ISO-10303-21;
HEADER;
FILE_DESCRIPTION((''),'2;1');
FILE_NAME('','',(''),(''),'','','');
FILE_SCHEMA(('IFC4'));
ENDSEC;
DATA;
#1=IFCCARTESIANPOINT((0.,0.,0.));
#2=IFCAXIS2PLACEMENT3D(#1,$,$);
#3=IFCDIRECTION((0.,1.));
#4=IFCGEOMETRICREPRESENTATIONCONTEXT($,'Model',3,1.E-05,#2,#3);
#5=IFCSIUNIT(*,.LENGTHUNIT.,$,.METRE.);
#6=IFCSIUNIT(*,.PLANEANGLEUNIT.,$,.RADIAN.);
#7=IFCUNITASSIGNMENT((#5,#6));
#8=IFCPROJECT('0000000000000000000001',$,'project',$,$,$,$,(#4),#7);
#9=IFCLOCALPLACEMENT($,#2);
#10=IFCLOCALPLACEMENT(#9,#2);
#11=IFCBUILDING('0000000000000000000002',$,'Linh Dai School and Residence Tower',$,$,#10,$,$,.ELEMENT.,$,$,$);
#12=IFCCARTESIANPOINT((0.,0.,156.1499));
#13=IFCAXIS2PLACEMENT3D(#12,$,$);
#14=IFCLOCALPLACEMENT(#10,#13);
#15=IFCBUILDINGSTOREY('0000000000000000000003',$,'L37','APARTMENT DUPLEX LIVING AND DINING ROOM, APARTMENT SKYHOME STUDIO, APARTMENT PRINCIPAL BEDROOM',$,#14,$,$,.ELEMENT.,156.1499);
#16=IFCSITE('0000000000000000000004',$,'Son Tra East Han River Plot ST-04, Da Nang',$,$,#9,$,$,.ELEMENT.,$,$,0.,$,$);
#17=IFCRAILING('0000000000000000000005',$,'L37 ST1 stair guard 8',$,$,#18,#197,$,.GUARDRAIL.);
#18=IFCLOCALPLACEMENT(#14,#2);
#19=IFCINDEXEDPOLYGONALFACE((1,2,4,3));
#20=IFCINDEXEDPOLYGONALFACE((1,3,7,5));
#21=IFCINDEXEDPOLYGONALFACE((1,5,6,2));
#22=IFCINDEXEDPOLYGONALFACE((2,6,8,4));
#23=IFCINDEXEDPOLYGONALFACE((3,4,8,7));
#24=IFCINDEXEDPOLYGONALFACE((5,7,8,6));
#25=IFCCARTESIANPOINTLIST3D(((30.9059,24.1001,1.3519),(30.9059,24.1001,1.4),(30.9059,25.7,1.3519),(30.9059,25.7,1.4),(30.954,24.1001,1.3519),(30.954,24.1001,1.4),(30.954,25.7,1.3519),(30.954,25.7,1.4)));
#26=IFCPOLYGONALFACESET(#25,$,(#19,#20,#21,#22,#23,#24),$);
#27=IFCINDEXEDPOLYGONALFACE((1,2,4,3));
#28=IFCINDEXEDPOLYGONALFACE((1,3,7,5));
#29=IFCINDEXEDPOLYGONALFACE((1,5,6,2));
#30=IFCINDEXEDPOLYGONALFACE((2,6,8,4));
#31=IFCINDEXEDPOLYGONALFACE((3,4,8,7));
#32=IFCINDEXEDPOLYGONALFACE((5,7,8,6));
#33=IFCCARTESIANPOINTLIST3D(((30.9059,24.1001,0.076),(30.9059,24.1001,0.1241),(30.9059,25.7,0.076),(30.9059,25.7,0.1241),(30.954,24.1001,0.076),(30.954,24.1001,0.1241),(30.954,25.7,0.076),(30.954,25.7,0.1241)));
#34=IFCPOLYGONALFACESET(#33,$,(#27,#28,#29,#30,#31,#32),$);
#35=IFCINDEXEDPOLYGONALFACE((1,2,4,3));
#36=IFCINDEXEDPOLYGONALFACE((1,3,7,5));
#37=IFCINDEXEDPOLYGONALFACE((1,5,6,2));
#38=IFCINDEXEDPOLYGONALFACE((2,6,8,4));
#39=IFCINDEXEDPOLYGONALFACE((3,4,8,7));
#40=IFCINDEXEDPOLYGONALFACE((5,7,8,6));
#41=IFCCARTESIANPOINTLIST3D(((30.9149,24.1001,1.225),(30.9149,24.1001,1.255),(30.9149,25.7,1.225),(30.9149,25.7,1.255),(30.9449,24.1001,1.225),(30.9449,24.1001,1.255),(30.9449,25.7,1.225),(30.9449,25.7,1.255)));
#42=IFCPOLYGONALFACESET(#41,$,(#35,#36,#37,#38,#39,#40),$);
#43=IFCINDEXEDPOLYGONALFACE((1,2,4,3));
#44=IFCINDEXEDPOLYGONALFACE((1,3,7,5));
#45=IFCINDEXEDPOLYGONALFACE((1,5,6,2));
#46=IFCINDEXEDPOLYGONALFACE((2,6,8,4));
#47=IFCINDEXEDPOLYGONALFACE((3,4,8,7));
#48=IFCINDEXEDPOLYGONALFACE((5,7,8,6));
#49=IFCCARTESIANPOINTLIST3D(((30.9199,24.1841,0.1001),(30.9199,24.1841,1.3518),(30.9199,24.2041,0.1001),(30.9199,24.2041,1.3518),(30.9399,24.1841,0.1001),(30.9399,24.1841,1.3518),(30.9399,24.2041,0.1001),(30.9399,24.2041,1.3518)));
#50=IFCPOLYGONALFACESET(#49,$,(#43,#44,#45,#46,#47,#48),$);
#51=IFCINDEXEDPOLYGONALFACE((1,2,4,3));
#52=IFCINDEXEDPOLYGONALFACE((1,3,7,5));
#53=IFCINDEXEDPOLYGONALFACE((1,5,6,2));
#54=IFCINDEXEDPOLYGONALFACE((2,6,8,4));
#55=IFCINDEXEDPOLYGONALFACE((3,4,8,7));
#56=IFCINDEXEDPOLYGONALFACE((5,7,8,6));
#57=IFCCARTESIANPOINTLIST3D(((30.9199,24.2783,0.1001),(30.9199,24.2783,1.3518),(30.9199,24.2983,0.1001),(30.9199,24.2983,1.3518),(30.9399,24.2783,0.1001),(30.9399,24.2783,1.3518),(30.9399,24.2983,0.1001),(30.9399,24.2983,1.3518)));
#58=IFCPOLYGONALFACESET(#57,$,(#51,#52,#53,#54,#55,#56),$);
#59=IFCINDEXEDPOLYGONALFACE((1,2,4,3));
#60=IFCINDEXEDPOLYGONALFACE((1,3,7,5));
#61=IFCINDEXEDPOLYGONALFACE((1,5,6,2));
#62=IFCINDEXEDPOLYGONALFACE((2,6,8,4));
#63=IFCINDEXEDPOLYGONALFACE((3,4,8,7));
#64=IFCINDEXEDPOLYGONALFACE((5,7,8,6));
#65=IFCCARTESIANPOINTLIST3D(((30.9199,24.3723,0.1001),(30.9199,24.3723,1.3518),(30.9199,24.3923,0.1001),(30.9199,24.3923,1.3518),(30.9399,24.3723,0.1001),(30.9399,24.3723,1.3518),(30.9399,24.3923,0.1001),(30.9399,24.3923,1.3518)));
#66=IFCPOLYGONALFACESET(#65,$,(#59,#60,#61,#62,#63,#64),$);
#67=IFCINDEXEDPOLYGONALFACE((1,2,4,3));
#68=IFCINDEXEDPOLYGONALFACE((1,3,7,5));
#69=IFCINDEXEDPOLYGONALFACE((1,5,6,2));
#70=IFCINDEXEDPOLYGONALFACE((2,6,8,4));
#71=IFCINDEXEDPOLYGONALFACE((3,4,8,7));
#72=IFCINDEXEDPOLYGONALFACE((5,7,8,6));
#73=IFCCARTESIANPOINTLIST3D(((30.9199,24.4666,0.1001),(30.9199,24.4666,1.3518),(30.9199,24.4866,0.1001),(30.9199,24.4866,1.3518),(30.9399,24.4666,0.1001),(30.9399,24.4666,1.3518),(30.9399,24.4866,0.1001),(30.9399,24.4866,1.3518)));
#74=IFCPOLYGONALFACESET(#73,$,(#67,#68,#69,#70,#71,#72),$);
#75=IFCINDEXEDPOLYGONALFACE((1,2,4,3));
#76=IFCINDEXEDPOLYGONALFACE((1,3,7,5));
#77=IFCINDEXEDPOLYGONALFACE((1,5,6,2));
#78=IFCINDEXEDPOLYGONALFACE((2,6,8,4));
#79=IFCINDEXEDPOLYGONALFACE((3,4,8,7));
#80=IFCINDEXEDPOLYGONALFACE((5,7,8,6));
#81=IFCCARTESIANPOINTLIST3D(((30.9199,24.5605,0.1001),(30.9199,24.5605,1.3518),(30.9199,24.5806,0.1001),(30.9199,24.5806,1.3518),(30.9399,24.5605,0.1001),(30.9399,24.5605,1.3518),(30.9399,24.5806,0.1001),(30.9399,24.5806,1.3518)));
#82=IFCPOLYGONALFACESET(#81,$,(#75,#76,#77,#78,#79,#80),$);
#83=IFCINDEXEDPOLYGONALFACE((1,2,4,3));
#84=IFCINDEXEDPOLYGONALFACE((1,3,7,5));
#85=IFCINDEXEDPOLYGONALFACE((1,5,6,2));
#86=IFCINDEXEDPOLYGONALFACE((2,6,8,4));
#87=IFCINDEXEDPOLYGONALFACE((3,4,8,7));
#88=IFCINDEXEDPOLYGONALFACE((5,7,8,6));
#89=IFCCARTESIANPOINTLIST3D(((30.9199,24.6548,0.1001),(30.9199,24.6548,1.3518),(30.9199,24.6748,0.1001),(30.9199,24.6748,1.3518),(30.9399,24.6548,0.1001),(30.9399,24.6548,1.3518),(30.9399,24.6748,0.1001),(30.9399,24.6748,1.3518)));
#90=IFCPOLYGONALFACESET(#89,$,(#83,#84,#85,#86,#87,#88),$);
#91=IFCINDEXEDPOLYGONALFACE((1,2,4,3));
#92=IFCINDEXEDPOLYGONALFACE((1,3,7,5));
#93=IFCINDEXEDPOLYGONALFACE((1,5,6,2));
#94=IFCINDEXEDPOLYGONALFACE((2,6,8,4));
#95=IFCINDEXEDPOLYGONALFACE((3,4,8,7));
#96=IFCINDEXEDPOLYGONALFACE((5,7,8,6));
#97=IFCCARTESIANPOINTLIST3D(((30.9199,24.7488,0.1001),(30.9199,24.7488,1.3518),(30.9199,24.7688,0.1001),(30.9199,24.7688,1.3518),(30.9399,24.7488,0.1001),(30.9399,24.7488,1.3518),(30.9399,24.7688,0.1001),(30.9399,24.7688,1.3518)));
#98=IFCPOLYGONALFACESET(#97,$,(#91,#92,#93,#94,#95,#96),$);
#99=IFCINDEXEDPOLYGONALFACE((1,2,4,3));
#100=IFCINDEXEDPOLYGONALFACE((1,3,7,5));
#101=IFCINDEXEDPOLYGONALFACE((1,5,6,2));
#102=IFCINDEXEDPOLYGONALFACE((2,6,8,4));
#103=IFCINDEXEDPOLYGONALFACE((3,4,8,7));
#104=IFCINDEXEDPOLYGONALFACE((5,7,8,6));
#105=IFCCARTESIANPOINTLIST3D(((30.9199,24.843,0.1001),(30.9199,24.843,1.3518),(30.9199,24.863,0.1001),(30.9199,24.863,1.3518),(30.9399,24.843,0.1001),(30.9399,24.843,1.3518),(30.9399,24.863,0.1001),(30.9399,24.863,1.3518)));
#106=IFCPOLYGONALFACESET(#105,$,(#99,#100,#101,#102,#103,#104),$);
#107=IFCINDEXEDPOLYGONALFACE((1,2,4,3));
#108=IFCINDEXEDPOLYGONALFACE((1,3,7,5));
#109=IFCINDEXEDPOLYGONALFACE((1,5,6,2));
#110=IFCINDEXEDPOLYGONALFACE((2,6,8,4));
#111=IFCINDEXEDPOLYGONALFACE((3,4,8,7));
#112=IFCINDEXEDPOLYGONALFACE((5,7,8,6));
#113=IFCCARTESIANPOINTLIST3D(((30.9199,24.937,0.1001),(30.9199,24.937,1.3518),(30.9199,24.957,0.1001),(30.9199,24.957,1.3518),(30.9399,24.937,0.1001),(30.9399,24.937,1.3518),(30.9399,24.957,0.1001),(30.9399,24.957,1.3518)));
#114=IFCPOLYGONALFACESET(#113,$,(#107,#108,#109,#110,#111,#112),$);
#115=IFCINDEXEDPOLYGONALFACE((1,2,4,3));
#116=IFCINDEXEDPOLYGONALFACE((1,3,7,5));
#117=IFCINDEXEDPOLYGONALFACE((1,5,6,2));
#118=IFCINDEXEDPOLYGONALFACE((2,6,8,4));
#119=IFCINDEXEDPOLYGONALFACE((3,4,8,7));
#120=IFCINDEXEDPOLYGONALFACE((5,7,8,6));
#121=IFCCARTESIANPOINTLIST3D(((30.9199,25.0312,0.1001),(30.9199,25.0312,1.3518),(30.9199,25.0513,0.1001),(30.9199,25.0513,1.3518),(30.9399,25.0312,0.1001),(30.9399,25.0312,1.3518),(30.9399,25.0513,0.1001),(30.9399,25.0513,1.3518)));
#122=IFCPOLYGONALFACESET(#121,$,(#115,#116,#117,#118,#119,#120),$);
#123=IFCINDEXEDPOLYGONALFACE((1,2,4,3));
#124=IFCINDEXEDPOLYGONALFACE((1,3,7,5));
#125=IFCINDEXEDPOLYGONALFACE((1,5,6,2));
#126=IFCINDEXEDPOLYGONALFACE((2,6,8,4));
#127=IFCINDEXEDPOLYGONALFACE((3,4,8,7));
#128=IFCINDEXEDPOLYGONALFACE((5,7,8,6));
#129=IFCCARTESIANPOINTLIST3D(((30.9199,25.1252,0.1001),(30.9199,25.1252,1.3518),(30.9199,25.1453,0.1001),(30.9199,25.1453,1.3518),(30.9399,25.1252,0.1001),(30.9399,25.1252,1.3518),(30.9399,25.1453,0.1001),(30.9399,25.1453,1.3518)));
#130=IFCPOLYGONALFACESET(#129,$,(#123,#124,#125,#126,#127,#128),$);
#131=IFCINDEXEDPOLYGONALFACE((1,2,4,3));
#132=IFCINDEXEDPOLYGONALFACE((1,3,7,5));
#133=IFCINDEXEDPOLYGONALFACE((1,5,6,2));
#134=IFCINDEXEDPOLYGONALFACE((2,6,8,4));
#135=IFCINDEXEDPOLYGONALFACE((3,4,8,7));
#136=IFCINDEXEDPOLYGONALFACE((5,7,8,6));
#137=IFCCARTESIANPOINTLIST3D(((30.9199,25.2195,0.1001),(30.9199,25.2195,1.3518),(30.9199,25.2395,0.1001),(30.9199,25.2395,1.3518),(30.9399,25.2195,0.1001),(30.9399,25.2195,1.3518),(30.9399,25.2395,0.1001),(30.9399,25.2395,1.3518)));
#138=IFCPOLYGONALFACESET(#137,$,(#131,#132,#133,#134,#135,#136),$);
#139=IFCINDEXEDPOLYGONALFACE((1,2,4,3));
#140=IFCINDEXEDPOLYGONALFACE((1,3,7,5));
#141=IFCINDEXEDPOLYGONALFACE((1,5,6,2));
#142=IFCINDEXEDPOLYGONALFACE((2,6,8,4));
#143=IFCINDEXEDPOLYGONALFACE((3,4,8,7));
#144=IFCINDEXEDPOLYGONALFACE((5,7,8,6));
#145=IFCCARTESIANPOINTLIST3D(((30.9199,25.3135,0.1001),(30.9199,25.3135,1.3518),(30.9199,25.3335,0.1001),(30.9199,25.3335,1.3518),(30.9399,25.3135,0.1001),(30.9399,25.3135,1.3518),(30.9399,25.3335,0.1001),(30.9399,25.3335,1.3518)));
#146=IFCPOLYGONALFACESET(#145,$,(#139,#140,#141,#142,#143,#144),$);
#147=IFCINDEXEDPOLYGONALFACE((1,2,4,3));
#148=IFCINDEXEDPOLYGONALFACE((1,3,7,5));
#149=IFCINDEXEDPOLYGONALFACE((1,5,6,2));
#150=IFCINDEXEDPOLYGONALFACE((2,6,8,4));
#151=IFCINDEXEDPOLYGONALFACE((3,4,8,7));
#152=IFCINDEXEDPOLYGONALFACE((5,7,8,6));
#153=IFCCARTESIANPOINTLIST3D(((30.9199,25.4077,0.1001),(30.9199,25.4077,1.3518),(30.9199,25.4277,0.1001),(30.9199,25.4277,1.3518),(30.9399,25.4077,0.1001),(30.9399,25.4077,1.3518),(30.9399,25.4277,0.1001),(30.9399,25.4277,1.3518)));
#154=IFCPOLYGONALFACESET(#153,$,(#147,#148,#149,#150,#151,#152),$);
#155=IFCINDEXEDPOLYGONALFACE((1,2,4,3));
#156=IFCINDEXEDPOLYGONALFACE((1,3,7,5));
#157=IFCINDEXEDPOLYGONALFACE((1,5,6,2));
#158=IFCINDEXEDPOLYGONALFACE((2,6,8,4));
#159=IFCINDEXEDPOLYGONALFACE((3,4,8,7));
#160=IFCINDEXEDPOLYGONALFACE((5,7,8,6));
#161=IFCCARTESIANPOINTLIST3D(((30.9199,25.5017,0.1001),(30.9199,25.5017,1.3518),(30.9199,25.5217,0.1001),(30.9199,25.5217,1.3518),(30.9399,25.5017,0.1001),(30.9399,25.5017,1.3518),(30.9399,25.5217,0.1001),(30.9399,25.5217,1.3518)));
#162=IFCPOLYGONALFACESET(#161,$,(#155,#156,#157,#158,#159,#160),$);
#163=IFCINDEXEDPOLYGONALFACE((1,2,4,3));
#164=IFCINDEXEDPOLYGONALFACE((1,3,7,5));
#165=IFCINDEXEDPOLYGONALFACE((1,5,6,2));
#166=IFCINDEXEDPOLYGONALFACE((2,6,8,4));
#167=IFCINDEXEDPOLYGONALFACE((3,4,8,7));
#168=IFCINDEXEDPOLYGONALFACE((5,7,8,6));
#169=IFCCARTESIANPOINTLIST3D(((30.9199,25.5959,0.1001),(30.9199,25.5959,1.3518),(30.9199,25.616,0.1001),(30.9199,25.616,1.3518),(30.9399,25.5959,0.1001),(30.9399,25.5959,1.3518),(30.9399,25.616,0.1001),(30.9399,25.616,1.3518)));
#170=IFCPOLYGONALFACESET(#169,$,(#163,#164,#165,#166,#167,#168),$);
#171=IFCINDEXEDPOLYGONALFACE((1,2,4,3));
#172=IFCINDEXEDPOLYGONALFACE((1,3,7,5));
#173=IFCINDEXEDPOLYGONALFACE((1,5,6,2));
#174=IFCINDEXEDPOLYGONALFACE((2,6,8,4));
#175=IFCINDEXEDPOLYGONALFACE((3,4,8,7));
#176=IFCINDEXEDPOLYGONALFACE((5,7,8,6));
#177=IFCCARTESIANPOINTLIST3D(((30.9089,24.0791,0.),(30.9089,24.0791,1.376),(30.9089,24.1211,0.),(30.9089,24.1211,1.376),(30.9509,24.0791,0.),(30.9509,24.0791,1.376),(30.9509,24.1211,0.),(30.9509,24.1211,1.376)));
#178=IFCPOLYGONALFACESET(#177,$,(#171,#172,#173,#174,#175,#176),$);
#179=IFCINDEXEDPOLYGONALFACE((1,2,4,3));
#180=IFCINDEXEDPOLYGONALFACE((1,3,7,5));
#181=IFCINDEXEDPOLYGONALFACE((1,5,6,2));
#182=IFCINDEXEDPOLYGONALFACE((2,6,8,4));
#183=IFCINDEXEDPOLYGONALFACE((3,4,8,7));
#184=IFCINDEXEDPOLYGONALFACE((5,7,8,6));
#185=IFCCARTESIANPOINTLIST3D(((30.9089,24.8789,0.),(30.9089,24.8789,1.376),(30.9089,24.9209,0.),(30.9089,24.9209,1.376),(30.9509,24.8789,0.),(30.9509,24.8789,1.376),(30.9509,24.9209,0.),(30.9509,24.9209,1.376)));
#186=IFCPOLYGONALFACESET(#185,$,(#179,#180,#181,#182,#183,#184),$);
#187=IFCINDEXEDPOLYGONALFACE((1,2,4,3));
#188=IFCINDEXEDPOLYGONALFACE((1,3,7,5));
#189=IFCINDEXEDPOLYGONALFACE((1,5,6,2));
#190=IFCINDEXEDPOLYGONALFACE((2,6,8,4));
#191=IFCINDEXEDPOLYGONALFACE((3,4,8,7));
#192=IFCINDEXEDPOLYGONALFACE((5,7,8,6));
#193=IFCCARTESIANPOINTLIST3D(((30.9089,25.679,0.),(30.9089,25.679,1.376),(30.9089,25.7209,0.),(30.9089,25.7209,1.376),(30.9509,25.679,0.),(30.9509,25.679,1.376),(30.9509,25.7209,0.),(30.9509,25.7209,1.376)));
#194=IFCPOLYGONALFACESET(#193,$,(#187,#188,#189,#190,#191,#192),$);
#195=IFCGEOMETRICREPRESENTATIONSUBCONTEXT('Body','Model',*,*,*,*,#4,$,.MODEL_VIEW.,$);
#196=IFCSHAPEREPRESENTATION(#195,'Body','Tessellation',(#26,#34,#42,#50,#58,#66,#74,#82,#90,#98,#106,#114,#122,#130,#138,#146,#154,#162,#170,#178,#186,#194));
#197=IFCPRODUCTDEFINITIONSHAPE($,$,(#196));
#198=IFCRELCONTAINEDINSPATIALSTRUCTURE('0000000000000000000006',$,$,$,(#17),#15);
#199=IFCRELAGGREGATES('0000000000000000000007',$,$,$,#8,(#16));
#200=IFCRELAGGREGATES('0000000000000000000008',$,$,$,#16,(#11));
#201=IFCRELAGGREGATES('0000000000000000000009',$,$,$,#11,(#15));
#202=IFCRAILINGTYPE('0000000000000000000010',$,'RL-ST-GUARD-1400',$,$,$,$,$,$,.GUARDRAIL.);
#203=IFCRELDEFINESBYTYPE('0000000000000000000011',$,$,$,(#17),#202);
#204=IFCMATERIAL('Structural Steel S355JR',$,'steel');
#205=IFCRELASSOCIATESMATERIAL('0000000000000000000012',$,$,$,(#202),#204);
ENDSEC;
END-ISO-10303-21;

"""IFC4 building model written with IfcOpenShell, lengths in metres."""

from ifc_helpers import new_model, si_unit, direction, frame, origin, origin_2d, place, context, subcontext, project, spatial, rectangle, extrude, source, transform, mapped, material, type_object, element, save


model = new_model("IFC4")

# Units and contexts
model_context = context("Model", 3, precision=1e-05, world=origin(), true_north=direction((0.0, 1.0)))
body_context = subcontext(model_context, "Body", "Model", "MODEL_VIEW")
ifc_project = project(units=[si_unit("LENGTHUNIT", "METRE"), si_unit("PLANEANGLEUNIT", "RADIAN")], contexts=[model_context])

# Site, building, storey
site_placement = place(None, origin())
site = spatial("IfcSite", under=ifc_project, at=site_placement, Name="Son Tra East Han River Plot ST-04, Da Nang", CompositionType="ELEMENT", RefElevation=0.0)
building_placement = place(site_placement, origin())
building = spatial("IfcBuilding", under=site, at=building_placement, Name="Linh Dai School and Residence Tower", CompositionType="ELEMENT")
storey_placement = place(building_placement, frame((0.0, 0.0, 156.1499)))
storey = spatial("IfcBuildingStorey", under=building, at=storey_placement, Name="L37", Description="APARTMENT DUPLEX LIVING AND DINING ROOM, APARTMENT SKYHOME STUDIO, APARTMENT PRINCIPAL BEDROOM", CompositionType="ELEMENT", Elevation=156.1499)

# Shared definitions
ifc_material_1 = material(Name="Structural Steel S355JR", Category="steel")

# Railing
railing_type = type_object("IfcRailingType", Name="RL-ST-GUARD-1400", PredefinedType="GUARDRAIL", material=ifc_material_1)
shared_shape_1 = source(origin(), body_context, "Body", "SweptSolid", [
    extrude(rectangle(XDim=0.0481, YDim=0.0481, at=origin_2d()), frame((0.0, 0.0, 1.376), z_axis=(0.0, 1.0, 0.0), x_axis=(-1.0, 0.0, 0.0)), (0.0, 0.0, 1.0), 1.5999),
    extrude(rectangle(XDim=0.0481, YDim=0.0481, at=origin_2d()), frame((0.0, 0.0, 0.1001), z_axis=(0.0, 1.0, 0.0), x_axis=(-1.0, 0.0, 0.0)), (0.0, 0.0, 1.0), 1.5999),
    extrude(rectangle(XDim=0.03, YDim=0.03, at=origin_2d()), frame((0.0, 0.0, 1.24), z_axis=(0.0, 1.0, 0.0), x_axis=(-1.0, 0.0, 0.0)), (0.0, 0.0, 1.0), 1.5999),
    extrude(rectangle(XDim=0.02, YDim=0.02, at=origin_2d()), frame((0.0, 0.094, 0.1001)), (0.0, 0.0, 1.0), 1.2517),
    extrude(rectangle(XDim=0.02, YDim=0.02, at=origin_2d()), frame((0.0, 0.1882, 0.1001)), (0.0, 0.0, 1.0), 1.2517),
    extrude(rectangle(XDim=0.02, YDim=0.02, at=origin_2d()), frame((0.0, 0.2822, 0.1001)), (0.0, 0.0, 1.0), 1.2517),
    extrude(rectangle(XDim=0.02, YDim=0.02, at=origin_2d()), frame((0.0, 0.3765, 0.1001)), (0.0, 0.0, 1.0), 1.2517),
    extrude(rectangle(XDim=0.02, YDim=0.02, at=origin_2d()), frame((0.0, 0.4705, 0.1001)), (0.0, 0.0, 1.0), 1.2517),
    extrude(rectangle(XDim=0.02, YDim=0.02, at=origin_2d()), frame((0.0, 0.5647, 0.1001)), (0.0, 0.0, 1.0), 1.2517),
    extrude(rectangle(XDim=0.02, YDim=0.02, at=origin_2d()), frame((0.0, 0.6587, 0.1001)), (0.0, 0.0, 1.0), 1.2517),
    extrude(rectangle(XDim=0.02, YDim=0.02, at=origin_2d()), frame((0.0, 0.7529, 0.1001)), (0.0, 0.0, 1.0), 1.2517),
    extrude(rectangle(XDim=0.02, YDim=0.02, at=origin_2d()), frame((0.0, 0.8469, 0.1001)), (0.0, 0.0, 1.0), 1.2517),
    extrude(rectangle(XDim=0.02, YDim=0.02, at=origin_2d()), frame((0.0, 0.9412, 0.1001)), (0.0, 0.0, 1.0), 1.2517),
    extrude(rectangle(XDim=0.02, YDim=0.02, at=origin_2d()), frame((0.0, 1.0352, 0.1001)), (0.0, 0.0, 1.0), 1.2517),
    extrude(rectangle(XDim=0.02, YDim=0.02, at=origin_2d()), frame((0.0, 1.1294, 0.1001)), (0.0, 0.0, 1.0), 1.2517),
    extrude(rectangle(XDim=0.02, YDim=0.02, at=origin_2d()), frame((0.0, 1.2234, 0.1001)), (0.0, 0.0, 1.0), 1.2517),
    extrude(rectangle(XDim=0.02, YDim=0.02, at=origin_2d()), frame((0.0, 1.3176, 0.1001)), (0.0, 0.0, 1.0), 1.2517),
    extrude(rectangle(XDim=0.02, YDim=0.02, at=origin_2d()), frame((0.0, 1.4116, 0.1001)), (0.0, 0.0, 1.0), 1.2517),
    extrude(rectangle(XDim=0.02, YDim=0.02, at=origin_2d()), frame((0.0, 1.5059, 0.1001)), (0.0, 0.0, 1.0), 1.2517),
    extrude(rectangle(XDim=0.042, YDim=0.042, at=origin_2d()), origin(), (0.0, 0.0, 1.0), 1.376),
    extrude(rectangle(XDim=0.042, YDim=0.042, at=origin_2d()), frame((0.0, 0.7998, 0.0)), (0.0, 0.0, 1.0), 1.376),
    extrude(rectangle(XDim=0.042, YDim=0.042, at=origin_2d()), frame((0.0, 1.5999, 0.0)), (0.0, 0.0, 1.0), 1.376),
])
for number, where, name in (
    (1, (30.9299, 24.1001, 0.0), "L37 ST1 stair guard 8"),
):
    element("IfcRailing", number, at=place(storey_placement, frame(where)), inside=storey, type_object=railing_type, Name=name, PredefinedType="GUARDRAIL", context=body_context, shape_type="MappedRepresentation", body=[
        mapped(shared_shape_1, transform((0.0, 0.0, 0.0), x_axis=(1.0, 0.0, 0.0), y_axis=(0.0, 1.0, 0.0), z_axis=(0.0, 0.0, 1.0), scale=1.0)),
    ])

save(model, "model.ifc")
